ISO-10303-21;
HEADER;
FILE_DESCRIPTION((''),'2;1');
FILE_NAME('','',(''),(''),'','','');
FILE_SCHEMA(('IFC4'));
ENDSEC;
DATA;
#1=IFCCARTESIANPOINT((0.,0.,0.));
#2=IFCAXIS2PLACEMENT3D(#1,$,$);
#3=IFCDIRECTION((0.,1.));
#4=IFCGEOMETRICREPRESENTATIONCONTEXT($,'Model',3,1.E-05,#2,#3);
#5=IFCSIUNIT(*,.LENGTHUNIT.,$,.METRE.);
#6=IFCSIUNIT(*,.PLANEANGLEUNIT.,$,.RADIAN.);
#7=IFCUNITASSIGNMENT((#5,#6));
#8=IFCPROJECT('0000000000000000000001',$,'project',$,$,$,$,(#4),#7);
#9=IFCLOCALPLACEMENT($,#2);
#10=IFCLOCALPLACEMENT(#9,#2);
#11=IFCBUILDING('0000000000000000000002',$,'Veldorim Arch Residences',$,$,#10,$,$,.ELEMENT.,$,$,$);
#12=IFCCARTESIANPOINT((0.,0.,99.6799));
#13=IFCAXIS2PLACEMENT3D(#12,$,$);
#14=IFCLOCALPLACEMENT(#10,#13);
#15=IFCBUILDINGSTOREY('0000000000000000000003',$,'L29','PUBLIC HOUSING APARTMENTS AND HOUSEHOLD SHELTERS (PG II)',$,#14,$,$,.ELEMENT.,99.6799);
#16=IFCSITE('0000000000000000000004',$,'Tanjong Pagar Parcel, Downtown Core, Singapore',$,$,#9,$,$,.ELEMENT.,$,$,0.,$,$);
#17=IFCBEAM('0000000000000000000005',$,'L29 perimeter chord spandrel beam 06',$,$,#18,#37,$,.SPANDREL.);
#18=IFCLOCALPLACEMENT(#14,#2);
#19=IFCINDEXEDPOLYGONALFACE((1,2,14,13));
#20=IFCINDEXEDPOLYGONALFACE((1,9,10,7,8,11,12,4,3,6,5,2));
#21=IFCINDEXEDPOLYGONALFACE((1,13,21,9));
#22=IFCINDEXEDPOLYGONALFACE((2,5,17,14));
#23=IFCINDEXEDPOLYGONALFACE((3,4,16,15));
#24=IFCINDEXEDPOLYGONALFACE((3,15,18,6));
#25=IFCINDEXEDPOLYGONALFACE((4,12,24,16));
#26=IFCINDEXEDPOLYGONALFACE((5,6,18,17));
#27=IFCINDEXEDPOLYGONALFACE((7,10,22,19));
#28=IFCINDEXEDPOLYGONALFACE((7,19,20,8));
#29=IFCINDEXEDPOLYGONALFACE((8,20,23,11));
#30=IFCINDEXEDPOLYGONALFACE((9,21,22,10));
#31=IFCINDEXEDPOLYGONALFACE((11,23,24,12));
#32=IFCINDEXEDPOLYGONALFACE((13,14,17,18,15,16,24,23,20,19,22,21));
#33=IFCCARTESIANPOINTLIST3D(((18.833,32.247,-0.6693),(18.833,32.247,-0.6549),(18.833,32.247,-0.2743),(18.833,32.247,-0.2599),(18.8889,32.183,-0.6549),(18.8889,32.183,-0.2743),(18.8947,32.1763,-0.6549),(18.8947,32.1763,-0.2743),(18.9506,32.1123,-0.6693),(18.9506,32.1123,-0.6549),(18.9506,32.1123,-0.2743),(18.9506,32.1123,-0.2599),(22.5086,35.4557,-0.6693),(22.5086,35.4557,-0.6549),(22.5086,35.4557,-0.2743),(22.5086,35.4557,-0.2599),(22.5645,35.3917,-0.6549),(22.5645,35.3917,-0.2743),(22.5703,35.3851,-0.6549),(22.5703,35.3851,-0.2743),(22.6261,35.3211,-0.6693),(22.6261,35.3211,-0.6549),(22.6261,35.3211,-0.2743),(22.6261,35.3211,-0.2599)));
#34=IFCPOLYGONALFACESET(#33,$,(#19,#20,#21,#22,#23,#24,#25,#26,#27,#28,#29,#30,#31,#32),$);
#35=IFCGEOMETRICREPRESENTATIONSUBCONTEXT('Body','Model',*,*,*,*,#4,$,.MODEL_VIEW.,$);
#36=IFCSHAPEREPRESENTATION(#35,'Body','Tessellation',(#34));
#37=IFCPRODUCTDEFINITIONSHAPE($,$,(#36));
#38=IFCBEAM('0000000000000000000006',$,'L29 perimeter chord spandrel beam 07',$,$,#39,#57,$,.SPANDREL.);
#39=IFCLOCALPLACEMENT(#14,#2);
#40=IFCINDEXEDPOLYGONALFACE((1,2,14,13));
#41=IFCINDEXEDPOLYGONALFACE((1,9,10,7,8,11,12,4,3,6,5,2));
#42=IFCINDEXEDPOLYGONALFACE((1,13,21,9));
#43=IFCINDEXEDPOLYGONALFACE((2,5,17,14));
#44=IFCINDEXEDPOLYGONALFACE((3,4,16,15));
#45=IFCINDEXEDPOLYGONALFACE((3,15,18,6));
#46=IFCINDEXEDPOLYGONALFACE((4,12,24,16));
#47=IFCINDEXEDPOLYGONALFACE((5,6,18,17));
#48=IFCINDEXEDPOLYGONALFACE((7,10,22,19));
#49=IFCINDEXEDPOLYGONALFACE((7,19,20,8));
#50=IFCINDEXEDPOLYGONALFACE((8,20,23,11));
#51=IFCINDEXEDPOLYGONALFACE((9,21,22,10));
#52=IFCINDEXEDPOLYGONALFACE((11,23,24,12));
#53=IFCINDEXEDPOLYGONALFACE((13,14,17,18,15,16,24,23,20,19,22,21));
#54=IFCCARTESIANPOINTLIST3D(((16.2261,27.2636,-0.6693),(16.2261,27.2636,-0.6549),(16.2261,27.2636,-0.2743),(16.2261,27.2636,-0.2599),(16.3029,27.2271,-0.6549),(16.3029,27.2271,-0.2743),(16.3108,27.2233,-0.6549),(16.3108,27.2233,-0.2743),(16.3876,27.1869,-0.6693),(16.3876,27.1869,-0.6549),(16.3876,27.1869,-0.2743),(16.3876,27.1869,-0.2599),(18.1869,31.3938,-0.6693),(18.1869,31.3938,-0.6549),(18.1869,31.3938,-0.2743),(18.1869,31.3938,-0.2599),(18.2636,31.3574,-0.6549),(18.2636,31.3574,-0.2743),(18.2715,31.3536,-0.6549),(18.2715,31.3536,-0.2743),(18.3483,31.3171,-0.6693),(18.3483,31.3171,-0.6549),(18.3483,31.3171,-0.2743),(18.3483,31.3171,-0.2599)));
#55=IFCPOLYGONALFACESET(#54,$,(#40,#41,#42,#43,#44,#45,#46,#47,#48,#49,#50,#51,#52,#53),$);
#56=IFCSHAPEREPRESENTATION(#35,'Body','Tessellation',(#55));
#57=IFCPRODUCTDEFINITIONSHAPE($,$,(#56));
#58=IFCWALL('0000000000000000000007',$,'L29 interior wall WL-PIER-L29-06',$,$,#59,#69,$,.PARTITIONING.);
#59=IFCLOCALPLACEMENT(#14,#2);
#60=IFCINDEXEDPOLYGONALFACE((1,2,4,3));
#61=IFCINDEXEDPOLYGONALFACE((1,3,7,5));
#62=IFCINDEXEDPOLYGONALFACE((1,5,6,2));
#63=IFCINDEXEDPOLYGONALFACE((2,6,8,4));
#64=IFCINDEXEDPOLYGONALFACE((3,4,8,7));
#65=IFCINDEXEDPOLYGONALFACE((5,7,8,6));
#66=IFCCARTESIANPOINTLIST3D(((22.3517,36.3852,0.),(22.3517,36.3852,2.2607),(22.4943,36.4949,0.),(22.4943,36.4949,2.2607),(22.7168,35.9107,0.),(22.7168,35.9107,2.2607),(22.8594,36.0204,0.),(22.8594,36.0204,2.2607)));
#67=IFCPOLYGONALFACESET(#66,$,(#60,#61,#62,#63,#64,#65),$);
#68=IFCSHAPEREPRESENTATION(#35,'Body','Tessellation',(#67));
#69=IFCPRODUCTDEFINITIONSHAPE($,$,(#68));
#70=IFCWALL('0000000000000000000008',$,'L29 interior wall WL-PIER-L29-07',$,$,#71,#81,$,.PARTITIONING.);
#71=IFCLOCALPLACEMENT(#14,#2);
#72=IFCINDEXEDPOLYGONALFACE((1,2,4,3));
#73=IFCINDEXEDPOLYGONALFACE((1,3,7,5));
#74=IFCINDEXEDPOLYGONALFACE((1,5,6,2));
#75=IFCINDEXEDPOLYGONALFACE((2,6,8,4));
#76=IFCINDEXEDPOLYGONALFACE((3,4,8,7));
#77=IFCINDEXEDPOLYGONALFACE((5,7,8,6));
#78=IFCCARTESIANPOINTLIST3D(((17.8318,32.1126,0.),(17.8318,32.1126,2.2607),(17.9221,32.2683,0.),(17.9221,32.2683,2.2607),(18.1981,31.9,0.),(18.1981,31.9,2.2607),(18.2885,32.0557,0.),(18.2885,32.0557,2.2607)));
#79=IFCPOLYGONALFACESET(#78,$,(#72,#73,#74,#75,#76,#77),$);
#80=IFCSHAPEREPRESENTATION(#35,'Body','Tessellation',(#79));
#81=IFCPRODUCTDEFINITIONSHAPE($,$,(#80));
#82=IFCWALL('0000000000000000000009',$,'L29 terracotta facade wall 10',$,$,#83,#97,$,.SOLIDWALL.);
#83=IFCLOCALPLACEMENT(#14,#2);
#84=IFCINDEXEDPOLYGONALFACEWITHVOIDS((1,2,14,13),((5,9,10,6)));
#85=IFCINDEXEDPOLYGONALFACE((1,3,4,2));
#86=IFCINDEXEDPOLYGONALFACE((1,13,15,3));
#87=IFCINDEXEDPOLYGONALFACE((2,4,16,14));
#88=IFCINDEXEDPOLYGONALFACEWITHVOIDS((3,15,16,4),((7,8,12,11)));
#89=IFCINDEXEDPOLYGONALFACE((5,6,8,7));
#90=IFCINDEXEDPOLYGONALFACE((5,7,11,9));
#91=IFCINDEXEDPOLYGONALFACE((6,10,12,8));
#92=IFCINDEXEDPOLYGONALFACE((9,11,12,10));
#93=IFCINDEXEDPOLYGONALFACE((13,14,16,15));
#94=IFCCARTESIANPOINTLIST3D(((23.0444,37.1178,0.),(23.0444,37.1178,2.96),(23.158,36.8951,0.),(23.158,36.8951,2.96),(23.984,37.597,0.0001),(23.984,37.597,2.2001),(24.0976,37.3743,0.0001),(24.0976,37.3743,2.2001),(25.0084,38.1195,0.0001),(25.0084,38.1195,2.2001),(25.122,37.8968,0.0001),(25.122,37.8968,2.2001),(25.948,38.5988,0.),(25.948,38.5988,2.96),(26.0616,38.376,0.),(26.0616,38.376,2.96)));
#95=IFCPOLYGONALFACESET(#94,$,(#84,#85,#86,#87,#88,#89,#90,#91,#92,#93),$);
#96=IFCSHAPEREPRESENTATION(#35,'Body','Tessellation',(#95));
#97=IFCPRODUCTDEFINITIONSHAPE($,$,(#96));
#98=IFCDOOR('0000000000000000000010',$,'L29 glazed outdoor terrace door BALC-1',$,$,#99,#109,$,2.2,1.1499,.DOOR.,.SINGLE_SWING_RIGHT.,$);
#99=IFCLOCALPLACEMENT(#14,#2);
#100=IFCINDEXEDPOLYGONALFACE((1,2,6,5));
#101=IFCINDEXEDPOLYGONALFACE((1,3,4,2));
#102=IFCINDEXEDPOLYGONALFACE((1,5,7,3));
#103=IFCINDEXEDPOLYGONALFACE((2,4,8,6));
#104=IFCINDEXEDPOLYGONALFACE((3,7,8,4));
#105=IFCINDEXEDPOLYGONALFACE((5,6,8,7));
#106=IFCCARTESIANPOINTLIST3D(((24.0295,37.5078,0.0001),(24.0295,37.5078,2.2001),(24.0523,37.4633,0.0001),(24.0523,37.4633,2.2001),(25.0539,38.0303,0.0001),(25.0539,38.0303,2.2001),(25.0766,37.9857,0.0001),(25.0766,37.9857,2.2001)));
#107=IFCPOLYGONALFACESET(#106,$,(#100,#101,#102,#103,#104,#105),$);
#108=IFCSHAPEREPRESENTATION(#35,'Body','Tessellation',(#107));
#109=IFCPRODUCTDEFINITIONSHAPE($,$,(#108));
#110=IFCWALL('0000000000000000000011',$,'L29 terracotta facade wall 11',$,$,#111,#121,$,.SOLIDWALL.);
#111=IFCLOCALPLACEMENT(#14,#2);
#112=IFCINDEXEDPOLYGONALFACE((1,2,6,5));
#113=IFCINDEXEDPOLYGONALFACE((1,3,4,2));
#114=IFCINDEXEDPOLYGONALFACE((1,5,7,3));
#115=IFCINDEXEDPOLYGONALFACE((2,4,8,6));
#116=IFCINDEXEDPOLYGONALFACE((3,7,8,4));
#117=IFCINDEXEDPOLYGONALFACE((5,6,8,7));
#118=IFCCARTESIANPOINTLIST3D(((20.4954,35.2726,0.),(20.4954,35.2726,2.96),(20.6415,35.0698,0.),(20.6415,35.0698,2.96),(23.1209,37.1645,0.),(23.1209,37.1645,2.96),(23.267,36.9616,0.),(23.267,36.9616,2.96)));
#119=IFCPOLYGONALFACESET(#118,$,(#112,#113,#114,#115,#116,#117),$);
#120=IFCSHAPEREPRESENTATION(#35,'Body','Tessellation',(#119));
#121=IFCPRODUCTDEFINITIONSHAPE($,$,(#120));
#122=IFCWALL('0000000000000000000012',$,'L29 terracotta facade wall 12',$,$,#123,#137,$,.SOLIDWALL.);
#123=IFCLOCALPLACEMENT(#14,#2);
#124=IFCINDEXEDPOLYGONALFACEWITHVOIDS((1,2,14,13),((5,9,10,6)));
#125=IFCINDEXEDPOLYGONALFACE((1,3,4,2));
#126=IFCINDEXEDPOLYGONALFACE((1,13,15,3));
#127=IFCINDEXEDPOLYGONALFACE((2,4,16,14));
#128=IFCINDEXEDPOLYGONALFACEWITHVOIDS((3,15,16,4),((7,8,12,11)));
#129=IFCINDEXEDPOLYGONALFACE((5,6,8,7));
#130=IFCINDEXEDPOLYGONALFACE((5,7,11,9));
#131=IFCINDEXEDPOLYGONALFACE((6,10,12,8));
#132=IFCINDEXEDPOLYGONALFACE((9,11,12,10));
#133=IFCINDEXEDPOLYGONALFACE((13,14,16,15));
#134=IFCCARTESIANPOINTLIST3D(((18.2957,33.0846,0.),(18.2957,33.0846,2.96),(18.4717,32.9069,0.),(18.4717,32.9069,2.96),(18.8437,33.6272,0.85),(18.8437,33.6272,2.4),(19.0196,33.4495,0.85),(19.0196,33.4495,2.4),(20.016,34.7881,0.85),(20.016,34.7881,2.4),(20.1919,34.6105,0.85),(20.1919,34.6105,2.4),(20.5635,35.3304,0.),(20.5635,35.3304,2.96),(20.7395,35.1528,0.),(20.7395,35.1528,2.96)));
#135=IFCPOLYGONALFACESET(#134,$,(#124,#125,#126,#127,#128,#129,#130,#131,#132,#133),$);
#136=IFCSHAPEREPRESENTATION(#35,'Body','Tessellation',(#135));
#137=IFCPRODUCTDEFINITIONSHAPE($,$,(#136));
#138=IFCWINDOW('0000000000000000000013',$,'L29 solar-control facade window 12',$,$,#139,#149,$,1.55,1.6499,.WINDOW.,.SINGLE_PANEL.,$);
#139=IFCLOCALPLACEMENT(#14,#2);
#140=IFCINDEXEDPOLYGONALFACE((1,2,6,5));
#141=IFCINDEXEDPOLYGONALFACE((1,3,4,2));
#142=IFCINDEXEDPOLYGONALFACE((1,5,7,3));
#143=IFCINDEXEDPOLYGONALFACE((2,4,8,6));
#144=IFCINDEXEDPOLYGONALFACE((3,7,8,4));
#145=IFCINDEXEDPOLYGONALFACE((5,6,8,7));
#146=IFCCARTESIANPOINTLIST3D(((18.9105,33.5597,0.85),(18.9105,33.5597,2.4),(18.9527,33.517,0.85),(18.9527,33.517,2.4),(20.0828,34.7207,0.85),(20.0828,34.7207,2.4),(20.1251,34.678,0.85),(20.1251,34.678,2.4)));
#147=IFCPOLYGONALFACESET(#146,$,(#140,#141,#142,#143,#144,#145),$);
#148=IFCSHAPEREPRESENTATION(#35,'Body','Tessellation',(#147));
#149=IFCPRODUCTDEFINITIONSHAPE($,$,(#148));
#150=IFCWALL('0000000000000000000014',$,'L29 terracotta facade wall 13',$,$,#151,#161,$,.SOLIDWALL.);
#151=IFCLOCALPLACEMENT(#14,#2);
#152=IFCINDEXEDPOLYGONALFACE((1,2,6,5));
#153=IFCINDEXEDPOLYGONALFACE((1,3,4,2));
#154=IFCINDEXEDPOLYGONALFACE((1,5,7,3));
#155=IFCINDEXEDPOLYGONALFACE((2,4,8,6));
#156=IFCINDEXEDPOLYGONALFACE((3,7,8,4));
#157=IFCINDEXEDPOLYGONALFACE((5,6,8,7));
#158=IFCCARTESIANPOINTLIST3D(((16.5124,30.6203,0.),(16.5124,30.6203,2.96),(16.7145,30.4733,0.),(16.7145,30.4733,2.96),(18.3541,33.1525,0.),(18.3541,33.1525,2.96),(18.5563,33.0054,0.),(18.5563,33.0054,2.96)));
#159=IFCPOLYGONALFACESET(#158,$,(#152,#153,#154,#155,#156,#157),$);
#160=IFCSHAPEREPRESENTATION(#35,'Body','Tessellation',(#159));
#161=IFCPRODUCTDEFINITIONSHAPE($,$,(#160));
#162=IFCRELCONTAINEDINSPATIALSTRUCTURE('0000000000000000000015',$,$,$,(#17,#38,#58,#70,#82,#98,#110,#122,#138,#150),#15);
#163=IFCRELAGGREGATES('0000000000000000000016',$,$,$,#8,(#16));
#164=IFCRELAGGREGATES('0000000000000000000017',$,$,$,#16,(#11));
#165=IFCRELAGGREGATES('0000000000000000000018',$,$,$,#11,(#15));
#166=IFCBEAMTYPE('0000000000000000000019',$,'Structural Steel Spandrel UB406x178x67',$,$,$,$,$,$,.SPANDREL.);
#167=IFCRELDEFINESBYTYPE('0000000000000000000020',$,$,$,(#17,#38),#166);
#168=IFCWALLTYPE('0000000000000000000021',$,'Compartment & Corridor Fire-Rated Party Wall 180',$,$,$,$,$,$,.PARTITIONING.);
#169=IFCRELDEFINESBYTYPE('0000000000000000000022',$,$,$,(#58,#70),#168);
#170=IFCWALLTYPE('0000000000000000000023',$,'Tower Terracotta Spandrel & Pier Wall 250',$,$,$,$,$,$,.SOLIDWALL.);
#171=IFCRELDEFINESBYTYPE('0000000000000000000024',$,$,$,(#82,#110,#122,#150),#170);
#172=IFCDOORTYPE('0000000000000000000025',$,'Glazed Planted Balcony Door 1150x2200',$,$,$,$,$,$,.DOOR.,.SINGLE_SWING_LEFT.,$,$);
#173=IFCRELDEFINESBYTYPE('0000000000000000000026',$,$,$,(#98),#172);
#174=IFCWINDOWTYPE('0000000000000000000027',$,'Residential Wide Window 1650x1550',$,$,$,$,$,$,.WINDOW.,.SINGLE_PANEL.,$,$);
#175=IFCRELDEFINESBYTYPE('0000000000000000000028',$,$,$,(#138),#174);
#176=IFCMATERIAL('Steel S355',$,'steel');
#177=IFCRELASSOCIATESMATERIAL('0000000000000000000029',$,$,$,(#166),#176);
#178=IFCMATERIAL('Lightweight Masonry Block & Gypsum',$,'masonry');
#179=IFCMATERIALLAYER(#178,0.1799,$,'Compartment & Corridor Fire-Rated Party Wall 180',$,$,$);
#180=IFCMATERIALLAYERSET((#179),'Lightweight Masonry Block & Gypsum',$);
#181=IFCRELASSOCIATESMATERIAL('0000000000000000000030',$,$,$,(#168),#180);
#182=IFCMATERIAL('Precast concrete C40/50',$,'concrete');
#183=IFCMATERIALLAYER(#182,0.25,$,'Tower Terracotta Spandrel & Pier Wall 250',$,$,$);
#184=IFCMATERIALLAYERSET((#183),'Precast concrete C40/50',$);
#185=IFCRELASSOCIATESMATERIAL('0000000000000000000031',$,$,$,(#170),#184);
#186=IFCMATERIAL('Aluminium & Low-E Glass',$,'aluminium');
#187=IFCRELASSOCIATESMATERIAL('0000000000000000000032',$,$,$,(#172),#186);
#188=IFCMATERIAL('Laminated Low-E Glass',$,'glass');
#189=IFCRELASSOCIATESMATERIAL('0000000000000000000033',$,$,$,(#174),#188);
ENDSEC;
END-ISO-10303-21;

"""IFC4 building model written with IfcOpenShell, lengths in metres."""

from ifc_helpers import new_model, si_unit, direction, frame, frame_2d, origin, origin_2d, place, context, subcontext, project, spatial, rectangle, i_section, extrude, material, layer, layer_set, material_profile, profile_set, type_object, element, fill, save


model = new_model("IFC4")

# Units and contexts
model_context = context("Model", 3, precision=1e-05, world=origin(), true_north=direction((0.0, 1.0)))
body_context = subcontext(model_context, "Body", "Model", "MODEL_VIEW")
ifc_project = project(units=[si_unit("LENGTHUNIT", "METRE"), si_unit("PLANEANGLEUNIT", "RADIAN")], contexts=[model_context])

# Site, building, storey
site_placement = place(None, origin())
site = spatial("IfcSite", under=ifc_project, at=site_placement, Name="Tanjong Pagar Parcel, Downtown Core, Singapore", CompositionType="ELEMENT", RefElevation=0.0)
building_placement = place(site_placement, origin())
building = spatial("IfcBuilding", under=site, at=building_placement, Name="Veldorim Arch Residences", CompositionType="ELEMENT")
storey_placement = place(building_placement, frame((0.0, 0.0, 99.6799)))
storey = spatial("IfcBuildingStorey", under=building, at=storey_placement, Name="L29", Description="PUBLIC HOUSING APARTMENTS AND HOUSEHOLD SHELTERS (PG II)", CompositionType="ELEMENT", Elevation=99.6799)

# Beams
ifc_material_1 = material(Name="Steel S355", Category="steel")
ifc_material_profile_1 = material_profile(ifc_material_1, i_section(OverallWidth=0.1787, OverallDepth=0.4094, WebThickness=0.0088, FlangeThickness=0.0144, at=origin_2d()), Name="UB406x178x67")
ifc_profile_set_1 = profile_set([ifc_material_profile_1], Name="Steel S355")
beam_type_1 = type_object("IfcBeamType", Name="Structural Steel Spandrel UB406x178x67", PredefinedType="SPANDREL", material=ifc_profile_set_1)
beam_1_placement = place(storey_placement, frame((22.5674, 35.3884, -0.4646), z_axis=(-0.753323, -0.65765, 0.0), x_axis=(0.65765, -0.753323, 0.0)))
element("IfcBeam", 1, at=beam_1_placement, inside=storey, type_object=beam_type_1, Name="L29 perimeter chord spandrel beam 06", PredefinedType="SPANDREL", context=body_context, shape_type="SweptSolid", body=[
    extrude(i_section(OverallWidth=0.1787, OverallDepth=0.4094, WebThickness=0.0088, FlangeThickness=0.0144, at=origin_2d()), origin(), (0.0, 0.0, 1.0), 4.8792),
])
beam_2_placement = place(storey_placement, frame((18.2676, 31.3555, -0.4646), z_axis=(-0.428857, -0.903372, 0.0), x_axis=(0.903372, -0.428857, 0.0)))
element("IfcBeam", 2, at=beam_2_placement, inside=storey, type_object=beam_type_1, Name="L29 perimeter chord spandrel beam 07", PredefinedType="SPANDREL", context=body_context, shape_type="SweptSolid", body=[
    extrude(i_section(OverallWidth=0.1787, OverallDepth=0.4094, WebThickness=0.0088, FlangeThickness=0.0144, at=origin_2d()), origin(), (0.0, 0.0, 1.0), 4.572),
])

# Walls
ifc_material_2 = material(Name="Lightweight Masonry Block & Gypsum", Category="masonry")
ifc_layer_1 = layer(ifc_material_2, 0.1799, Name="Compartment & Corridor Fire-Rated Party Wall 180")
ifc_layer_set_1 = layer_set([ifc_layer_1], Name="Lightweight Masonry Block & Gypsum")
wall_type_1 = type_object("IfcWallType", Name="Compartment & Corridor Fire-Rated Party Wall 180", PredefinedType="PARTITIONING", material=ifc_layer_set_1)
wall_1_placement = place(storey_placement, frame((22.7881, 35.9656, 0.0), z_axis=(0.0, 0.0, 1.0), x_axis=(-0.609809, 0.792548, 0.0)))
element("IfcWall", 3, at=wall_1_placement, inside=storey, type_object=wall_type_1, Name="L29 interior wall WL-PIER-L29-06", PredefinedType="PARTITIONING", context=body_context, shape_type="SweptSolid", body=[
    extrude(rectangle(XDim=0.5986, YDim=0.1799, at=frame_2d((0.2993, 0.0))), origin(), (0.0, 0.0, 1.0), 2.2607),
])
wall_2_placement = place(storey_placement, frame((18.2434, 31.9778, 0.0), z_axis=(0.0, 0.0, 1.0), x_axis=(-0.864926, 0.501899, 0.0)))
element("IfcWall", 4, at=wall_2_placement, inside=storey, type_object=wall_type_1, Name="L29 interior wall WL-PIER-L29-07", PredefinedType="PARTITIONING", context=body_context, shape_type="SweptSolid", body=[
    extrude(rectangle(XDim=0.4236, YDim=0.1799, at=frame_2d((0.2119, 0.0))), origin(), (0.0, 0.0, 1.0), 2.2607),
])

# Wall, opening, door
ifc_material_3 = material(Name="Precast concrete C40/50", Category="concrete")
ifc_layer_2 = layer(ifc_material_3, 0.25, Name="Tower Terracotta Spandrel & Pier Wall 250")
ifc_layer_set_2 = layer_set([ifc_layer_2], Name="Precast concrete C40/50")
wall_type_2 = type_object("IfcWallType", Name="Tower Terracotta Spandrel & Pier Wall 250", PredefinedType="SOLIDWALL", material=ifc_layer_set_2)
wall_3_placement = place(storey_placement, frame((23.1011, 37.0063, 0.0), z_axis=(0.0, 0.0, 1.0), x_axis=(0.890818, 0.45436, 0.0)))
wall_3 = element("IfcWall", 5, at=wall_3_placement, inside=storey, type_object=wall_type_2, Name="L29 terracotta facade wall 10", PredefinedType="SOLIDWALL", context=body_context, shape_type="SweptSolid", body=[
    extrude(rectangle(XDim=3.2595, YDim=0.25, at=frame_2d((1.6299, 0.0))), origin(), (0.0, 0.0, 1.0), 2.96),
])
opening_1_placement = place(wall_3_placement, frame((1.0549, 0.0, 0.0)))
opening_1 = element("IfcOpeningElement", 6, at=opening_1_placement, cuts=wall_3, PredefinedType="OPENING", context=body_context, shape_type="SweptSolid", body=[
    extrude(rectangle(XDim=1.1499, YDim=2.2, at=frame_2d((0.575, 1.1001))), frame((0.0, 0.135, 0.0), z_axis=(0.0, -1.0, 0.0), x_axis=(1.0, 0.0, 0.0)), (0.0, 0.0, 1.0), 0.27),
])
ifc_material_4 = material(Name="Aluminium & Low-E Glass", Category="aluminium")
door_type_1 = type_object("IfcDoorType", Name="Glazed Planted Balcony Door 1150x2200", OperationType="SINGLE_SWING_LEFT", PredefinedType="DOOR", material=ifc_material_4)
door_1_placement = place(opening_1_placement, origin())
door_1 = element("IfcDoor", 7, at=door_1_placement, inside=storey, type_object=door_type_1, Name="L29 glazed outdoor terrace door BALC-1", OperationType="SINGLE_SWING_RIGHT", OverallHeight=2.2, OverallWidth=1.1499, PredefinedType="DOOR", context=body_context, shape_type="SweptSolid", body=[
    extrude(rectangle(XDim=1.1499, YDim=2.2, at=frame_2d((0.575, 1.1001))), frame((0.0, 0.0249, 0.0), z_axis=(0.0, -1.0, 0.0), x_axis=(1.0, 0.0, 0.0)), (0.0, 0.0, 1.0), 0.05),
])
fill(opening_1, door_1)

# Wall
wall_4_placement = place(storey_placement, frame((20.5684, 35.1711, 0.0), z_axis=(0.0, 0.0, 1.0), x_axis=(0.811315, 0.584609, 0.0)))
element("IfcWall", 8, at=wall_4_placement, inside=storey, type_object=wall_type_2, Name="L29 terracotta facade wall 11", PredefinedType="SOLIDWALL", context=body_context, shape_type="SweptSolid", body=[
    extrude(rectangle(XDim=3.2361, YDim=0.25, at=frame_2d((1.6182, 0.0))), origin(), (0.0, 0.0, 1.0), 2.96),
])

# Wall, opening, window
wall_5_placement = place(storey_placement, frame((18.3838, 32.9958, 0.0), z_axis=(0.0, 0.0, 1.0), x_axis=(0.710541, 0.703656, 0.0)))
wall_5 = element("IfcWall", 9, at=wall_5_placement, inside=storey, type_object=wall_type_2, Name="L29 terracotta facade wall 12", PredefinedType="SOLIDWALL", context=body_context, shape_type="SweptSolid", body=[
    extrude(rectangle(XDim=3.1917, YDim=0.25, at=frame_2d((1.5957, 0.0))), origin(), (0.0, 0.0, 1.0), 2.96),
])
opening_2_placement = place(wall_5_placement, frame((0.771, 0.0, 0.8501)))
opening_2 = element("IfcOpeningElement", 10, at=opening_2_placement, cuts=wall_5, PredefinedType="OPENING", context=body_context, shape_type="SweptSolid", body=[
    extrude(rectangle(XDim=1.6499, YDim=1.55, at=frame_2d((0.825, 0.7749))), frame((0.0, 0.135, 0.0), z_axis=(0.0, -1.0, 0.0), x_axis=(1.0, 0.0, 0.0)), (0.0, 0.0, 1.0), 0.27),
])
ifc_material_5 = material(Name="Laminated Low-E Glass", Category="glass")
window_type_1 = type_object("IfcWindowType", Name="Residential Wide Window 1650x1550", PartitioningType="SINGLE_PANEL", PredefinedType="WINDOW", material=ifc_material_5)
window_1_placement = place(opening_2_placement, origin())
window_1 = element("IfcWindow", 11, at=window_1_placement, inside=storey, type_object=window_type_1, Name="L29 solar-control facade window 12", OverallHeight=1.55, OverallWidth=1.6499, PartitioningType="SINGLE_PANEL", PredefinedType="WINDOW", context=body_context, shape_type="SweptSolid", body=[
    extrude(rectangle(XDim=1.6499, YDim=1.55, at=frame_2d((0.825, 0.7749))), frame((0.0, 0.03, 0.0), z_axis=(0.0, -1.0, 0.0), x_axis=(1.0, 0.0, 0.0)), (0.0, 0.0, 1.0), 0.0601),
])
fill(opening_2, window_1)

# Wall
wall_6_placement = place(storey_placement, frame((16.6135, 30.5469, 0.0), z_axis=(0.0, 0.0, 1.0), x_axis=(0.588209, 0.808709, 0.0)))
element("IfcWall", 12, at=wall_6_placement, inside=storey, type_object=wall_type_2, Name="L29 terracotta facade wall 13", PredefinedType="SOLIDWALL", context=body_context, shape_type="SweptSolid", body=[
    extrude(rectangle(XDim=3.1311, YDim=0.25, at=frame_2d((1.5654, 0.0))), origin(), (0.0, 0.0, 1.0), 2.96),
])

save(model, "model.ifc")
